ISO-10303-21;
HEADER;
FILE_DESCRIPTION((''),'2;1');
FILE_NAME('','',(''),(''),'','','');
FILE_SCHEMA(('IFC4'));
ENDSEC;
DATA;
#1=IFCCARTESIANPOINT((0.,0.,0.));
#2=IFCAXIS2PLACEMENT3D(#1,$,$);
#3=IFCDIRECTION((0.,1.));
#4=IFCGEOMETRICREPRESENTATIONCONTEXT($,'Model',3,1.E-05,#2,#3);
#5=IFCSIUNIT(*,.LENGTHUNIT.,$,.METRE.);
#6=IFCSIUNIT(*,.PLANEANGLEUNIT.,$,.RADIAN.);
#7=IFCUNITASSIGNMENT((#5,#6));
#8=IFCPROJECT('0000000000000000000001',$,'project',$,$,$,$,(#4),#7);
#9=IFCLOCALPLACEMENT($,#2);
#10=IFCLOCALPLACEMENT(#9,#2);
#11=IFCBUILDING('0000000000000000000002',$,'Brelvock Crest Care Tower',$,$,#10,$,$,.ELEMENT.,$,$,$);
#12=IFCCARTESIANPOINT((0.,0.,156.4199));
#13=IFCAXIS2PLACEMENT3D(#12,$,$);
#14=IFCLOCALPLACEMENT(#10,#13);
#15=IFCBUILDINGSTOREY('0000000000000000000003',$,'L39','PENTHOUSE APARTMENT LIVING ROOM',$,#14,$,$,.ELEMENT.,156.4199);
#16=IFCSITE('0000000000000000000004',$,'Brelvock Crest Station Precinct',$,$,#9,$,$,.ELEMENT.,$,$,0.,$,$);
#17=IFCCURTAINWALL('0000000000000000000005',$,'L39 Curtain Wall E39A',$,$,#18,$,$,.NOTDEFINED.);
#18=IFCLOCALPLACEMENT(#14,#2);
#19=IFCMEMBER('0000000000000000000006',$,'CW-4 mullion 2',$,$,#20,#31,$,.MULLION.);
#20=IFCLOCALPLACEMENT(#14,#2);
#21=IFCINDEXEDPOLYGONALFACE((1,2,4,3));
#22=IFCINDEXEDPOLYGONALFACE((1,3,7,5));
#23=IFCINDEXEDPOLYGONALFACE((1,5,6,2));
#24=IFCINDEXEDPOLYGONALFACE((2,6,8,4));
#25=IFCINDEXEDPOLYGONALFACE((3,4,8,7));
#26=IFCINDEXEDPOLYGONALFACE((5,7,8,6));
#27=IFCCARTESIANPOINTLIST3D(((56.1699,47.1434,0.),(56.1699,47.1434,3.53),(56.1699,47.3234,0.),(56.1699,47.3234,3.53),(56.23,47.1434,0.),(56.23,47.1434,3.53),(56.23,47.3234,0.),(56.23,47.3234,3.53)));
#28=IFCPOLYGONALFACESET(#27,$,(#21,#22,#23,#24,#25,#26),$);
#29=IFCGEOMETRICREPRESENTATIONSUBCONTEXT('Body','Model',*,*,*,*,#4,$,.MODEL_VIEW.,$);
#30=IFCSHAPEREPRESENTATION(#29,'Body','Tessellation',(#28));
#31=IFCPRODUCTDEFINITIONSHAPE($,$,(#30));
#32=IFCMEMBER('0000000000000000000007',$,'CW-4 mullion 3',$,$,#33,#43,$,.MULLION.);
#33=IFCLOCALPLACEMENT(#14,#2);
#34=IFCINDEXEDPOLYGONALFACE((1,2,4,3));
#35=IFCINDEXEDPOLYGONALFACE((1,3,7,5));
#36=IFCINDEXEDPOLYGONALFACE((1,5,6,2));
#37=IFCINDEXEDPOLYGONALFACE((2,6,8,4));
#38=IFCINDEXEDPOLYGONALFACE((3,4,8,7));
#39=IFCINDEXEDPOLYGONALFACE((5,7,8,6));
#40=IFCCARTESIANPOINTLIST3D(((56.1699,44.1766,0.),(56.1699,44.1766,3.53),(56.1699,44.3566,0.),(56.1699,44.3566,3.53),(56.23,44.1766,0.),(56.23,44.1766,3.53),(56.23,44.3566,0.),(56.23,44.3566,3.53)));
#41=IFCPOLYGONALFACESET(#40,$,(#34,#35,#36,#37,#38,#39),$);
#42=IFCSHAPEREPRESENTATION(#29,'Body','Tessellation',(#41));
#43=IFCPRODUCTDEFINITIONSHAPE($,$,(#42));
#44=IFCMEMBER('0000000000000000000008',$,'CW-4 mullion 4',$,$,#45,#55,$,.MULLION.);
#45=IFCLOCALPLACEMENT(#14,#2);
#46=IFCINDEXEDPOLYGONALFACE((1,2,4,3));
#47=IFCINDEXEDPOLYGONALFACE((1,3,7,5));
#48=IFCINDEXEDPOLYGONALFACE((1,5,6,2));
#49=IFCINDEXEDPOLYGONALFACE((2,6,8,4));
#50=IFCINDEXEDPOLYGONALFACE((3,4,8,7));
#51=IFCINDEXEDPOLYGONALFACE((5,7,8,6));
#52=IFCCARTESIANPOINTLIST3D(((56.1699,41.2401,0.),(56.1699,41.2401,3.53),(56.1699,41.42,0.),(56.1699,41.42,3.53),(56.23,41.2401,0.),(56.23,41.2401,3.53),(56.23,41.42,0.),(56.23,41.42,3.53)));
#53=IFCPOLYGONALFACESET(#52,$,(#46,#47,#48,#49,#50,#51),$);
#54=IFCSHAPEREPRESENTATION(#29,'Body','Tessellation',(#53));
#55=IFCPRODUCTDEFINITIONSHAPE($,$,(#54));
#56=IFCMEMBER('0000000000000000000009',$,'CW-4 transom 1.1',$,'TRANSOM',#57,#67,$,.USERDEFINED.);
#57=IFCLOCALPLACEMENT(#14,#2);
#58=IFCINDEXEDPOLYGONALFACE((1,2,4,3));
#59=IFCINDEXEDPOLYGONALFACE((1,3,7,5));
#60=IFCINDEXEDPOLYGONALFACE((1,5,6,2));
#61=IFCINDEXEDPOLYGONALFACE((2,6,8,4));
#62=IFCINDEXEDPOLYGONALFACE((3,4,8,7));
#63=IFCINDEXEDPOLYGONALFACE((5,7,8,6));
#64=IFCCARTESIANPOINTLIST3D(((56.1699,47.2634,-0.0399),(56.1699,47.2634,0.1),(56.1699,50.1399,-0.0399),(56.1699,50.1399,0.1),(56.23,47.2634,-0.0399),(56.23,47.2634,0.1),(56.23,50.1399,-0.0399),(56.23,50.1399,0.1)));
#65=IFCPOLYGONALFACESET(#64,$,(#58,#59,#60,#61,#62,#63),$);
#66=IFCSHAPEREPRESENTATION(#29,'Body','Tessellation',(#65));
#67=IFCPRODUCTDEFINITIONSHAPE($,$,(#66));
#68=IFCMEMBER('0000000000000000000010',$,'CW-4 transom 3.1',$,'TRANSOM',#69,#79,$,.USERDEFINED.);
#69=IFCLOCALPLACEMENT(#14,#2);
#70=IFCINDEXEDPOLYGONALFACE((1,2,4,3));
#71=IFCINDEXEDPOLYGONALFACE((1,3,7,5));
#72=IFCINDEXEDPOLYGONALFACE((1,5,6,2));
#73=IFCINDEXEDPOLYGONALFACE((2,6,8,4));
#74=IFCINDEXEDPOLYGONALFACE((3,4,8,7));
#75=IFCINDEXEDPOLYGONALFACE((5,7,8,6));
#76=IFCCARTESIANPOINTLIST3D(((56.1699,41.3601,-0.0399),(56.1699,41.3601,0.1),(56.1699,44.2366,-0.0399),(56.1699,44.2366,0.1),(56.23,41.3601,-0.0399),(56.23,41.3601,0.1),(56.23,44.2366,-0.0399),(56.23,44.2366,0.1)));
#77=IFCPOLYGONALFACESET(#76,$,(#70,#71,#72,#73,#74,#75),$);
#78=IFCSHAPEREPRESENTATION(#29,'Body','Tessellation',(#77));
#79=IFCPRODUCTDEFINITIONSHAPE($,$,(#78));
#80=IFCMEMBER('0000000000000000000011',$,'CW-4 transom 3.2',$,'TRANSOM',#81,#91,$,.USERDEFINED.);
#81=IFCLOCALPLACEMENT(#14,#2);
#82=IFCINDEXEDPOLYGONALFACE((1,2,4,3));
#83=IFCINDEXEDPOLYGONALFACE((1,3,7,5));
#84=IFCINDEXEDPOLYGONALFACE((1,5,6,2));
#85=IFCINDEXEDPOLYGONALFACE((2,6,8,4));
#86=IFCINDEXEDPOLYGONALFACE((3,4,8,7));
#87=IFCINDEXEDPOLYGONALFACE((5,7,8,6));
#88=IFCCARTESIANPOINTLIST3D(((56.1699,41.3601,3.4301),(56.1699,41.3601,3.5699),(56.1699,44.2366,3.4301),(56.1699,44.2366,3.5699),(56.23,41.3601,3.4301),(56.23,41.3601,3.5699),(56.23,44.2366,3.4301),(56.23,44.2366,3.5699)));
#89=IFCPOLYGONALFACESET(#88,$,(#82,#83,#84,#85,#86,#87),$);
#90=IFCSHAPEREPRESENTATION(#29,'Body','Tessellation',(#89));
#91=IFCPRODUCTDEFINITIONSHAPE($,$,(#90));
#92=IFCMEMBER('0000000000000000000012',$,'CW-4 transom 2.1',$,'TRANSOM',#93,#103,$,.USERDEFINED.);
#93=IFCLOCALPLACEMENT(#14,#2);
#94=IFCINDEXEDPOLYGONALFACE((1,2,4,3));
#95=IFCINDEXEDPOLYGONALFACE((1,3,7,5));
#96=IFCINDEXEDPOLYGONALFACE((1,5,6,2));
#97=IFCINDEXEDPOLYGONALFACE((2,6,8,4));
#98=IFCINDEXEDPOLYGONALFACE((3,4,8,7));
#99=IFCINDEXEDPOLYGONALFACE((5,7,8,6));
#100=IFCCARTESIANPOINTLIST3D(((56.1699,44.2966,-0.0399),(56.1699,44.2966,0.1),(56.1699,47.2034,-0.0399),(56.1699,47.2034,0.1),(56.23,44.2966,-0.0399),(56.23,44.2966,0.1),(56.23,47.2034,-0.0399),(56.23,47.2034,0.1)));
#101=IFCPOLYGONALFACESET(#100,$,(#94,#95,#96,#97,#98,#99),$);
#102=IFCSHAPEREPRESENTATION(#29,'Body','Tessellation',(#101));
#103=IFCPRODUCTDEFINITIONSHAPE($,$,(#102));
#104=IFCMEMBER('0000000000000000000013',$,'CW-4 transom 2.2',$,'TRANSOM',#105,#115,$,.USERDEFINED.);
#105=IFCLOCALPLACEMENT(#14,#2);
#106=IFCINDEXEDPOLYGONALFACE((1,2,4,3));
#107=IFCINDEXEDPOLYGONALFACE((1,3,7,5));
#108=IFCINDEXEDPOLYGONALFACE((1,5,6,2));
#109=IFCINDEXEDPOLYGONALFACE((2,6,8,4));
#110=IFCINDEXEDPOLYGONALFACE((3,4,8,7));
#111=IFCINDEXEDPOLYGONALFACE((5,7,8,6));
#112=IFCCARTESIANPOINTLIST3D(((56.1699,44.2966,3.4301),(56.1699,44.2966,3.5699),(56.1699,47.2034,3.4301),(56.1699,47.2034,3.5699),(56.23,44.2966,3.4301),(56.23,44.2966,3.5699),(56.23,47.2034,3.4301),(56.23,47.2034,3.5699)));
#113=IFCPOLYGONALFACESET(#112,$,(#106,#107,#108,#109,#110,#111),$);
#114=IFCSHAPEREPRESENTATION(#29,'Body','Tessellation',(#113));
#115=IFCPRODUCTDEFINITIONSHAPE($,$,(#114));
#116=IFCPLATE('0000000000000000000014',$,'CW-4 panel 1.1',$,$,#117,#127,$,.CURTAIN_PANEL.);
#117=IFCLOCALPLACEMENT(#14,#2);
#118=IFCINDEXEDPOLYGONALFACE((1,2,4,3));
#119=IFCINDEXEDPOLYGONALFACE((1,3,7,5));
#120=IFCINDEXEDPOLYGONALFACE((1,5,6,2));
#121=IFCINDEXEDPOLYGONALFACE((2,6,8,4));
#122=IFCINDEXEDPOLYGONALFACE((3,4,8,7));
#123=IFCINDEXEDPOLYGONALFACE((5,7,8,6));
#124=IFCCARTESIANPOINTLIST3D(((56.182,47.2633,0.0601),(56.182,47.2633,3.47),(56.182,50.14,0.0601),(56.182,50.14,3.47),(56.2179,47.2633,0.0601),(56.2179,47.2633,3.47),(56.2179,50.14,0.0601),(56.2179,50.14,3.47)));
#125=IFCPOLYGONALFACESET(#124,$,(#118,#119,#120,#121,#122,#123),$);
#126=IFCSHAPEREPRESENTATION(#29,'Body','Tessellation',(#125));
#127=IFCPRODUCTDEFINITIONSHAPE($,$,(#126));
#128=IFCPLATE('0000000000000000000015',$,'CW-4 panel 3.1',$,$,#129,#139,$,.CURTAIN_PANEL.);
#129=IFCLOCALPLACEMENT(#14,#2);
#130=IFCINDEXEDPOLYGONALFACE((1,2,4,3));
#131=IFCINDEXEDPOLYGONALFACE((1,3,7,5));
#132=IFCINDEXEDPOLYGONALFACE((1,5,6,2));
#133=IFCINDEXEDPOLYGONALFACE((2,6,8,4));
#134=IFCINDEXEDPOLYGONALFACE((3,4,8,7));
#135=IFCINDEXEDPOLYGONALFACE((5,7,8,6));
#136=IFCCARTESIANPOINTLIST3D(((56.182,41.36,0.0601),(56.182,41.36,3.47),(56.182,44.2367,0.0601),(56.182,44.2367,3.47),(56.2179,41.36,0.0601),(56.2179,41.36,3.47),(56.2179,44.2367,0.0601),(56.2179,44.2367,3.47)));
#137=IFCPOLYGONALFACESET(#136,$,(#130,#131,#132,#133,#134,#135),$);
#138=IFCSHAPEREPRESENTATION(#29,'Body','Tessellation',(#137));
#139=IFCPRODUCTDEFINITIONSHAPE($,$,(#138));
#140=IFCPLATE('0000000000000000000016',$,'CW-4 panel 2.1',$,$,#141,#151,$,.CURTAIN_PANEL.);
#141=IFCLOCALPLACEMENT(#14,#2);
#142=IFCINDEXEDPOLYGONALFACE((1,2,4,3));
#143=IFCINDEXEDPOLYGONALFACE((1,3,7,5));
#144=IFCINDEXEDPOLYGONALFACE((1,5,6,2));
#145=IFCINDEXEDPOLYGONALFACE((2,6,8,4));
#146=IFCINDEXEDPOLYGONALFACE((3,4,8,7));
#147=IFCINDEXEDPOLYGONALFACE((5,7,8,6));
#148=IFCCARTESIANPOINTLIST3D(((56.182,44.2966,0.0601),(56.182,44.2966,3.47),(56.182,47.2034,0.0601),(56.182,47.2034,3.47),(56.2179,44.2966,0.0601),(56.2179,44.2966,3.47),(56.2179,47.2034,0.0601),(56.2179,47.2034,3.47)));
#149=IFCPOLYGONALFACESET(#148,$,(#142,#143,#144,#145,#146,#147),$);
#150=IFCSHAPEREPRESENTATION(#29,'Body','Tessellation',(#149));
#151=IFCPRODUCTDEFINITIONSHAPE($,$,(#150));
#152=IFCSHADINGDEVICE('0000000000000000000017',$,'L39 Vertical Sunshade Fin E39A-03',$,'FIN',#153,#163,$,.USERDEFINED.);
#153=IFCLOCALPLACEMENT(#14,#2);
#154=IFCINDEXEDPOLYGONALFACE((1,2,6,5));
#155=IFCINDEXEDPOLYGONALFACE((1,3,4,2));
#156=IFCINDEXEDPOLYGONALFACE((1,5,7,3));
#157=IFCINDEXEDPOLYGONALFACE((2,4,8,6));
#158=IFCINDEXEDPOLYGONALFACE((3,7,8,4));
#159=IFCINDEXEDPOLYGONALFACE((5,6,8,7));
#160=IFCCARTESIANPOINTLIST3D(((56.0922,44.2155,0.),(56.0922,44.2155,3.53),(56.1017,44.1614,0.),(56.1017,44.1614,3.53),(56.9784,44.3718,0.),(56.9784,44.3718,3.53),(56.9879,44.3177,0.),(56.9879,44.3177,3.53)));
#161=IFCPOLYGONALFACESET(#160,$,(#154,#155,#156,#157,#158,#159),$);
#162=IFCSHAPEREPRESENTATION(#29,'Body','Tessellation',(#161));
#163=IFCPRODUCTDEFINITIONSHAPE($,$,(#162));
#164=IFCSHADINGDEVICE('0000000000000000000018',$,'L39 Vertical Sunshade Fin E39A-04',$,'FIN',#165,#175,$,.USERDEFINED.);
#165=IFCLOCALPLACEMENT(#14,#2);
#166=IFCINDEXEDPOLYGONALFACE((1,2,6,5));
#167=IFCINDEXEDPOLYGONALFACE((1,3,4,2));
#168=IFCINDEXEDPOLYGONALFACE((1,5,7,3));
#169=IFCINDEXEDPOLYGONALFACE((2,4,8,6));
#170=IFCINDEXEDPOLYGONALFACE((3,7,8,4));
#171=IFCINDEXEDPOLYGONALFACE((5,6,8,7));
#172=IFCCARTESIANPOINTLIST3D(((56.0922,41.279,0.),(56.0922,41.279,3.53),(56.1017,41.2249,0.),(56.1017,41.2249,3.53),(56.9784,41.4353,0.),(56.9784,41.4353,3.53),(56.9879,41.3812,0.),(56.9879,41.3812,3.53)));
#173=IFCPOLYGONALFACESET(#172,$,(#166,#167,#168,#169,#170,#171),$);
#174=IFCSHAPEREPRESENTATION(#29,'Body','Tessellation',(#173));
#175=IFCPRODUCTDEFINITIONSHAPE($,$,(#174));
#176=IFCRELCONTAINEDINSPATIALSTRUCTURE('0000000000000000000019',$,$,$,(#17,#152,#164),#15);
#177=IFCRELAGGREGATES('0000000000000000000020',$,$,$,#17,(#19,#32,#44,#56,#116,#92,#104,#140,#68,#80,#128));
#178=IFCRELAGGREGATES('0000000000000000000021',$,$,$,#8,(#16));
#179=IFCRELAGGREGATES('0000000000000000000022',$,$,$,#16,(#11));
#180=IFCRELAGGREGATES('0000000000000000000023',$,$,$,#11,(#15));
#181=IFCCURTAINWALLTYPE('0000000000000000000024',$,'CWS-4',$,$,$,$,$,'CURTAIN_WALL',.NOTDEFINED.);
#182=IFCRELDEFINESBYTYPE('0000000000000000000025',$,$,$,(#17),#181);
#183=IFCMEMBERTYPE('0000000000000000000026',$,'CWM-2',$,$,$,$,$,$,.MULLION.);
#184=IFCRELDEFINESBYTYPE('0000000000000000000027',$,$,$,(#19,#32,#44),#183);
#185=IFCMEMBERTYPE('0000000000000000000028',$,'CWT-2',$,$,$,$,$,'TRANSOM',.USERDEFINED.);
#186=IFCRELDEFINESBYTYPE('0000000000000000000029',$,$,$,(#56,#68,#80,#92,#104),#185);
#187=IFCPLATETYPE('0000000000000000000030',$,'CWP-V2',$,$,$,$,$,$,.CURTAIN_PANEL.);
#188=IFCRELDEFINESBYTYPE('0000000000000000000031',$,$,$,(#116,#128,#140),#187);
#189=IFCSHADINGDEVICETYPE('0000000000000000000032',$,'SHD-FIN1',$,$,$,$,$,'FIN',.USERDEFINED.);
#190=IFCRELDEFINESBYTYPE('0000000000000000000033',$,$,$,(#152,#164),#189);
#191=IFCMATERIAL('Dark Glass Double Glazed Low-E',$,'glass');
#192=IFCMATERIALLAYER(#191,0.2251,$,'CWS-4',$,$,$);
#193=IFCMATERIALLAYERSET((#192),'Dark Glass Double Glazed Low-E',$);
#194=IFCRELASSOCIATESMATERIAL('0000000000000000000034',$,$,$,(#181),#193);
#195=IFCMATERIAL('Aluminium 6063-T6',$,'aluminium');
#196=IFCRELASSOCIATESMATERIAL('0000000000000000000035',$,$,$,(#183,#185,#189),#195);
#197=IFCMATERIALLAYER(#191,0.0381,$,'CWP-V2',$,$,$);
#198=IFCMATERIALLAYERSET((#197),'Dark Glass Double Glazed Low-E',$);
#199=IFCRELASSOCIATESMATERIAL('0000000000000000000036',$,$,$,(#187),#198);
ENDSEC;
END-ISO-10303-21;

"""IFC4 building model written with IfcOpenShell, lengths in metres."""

from ifc_helpers import new_model, si_unit, direction, frame, origin, origin_2d, place, context, subcontext, project, spatial, rectangle, extrude, source, transform, mapped, material, layer, layer_set, material_profile, profile_set, type_object, element, aggregate, save


model = new_model("IFC4")

# Units and contexts
model_context = context("Model", 3, precision=1e-05, world=origin(), true_north=direction((0.0, 1.0)))
body_context = subcontext(model_context, "Body", "Model", "MODEL_VIEW")
ifc_project = project(units=[si_unit("LENGTHUNIT", "METRE"), si_unit("PLANEANGLEUNIT", "RADIAN")], contexts=[model_context])

# Site, building, storey
site_placement = place(None, origin())
site = spatial("IfcSite", under=ifc_project, at=site_placement, Name="Brelvock Crest Station Precinct", CompositionType="ELEMENT", RefElevation=0.0)
building_placement = place(site_placement, origin())
building = spatial("IfcBuilding", under=site, at=building_placement, Name="Brelvock Crest Care Tower", CompositionType="ELEMENT")
storey_placement = place(building_placement, frame((0.0, 0.0, 156.4199)))
storey = spatial("IfcBuildingStorey", under=building, at=storey_placement, Name="L39", Description="PENTHOUSE APARTMENT LIVING ROOM", CompositionType="ELEMENT", Elevation=156.4199)

# Curtain wall, members, plates
ifc_material_1 = material(Name="Dark Glass Double Glazed Low-E", Category="glass")
ifc_layer_1 = layer(ifc_material_1, 0.2251, Name="CWS-4")
ifc_layer_set_1 = layer_set([ifc_layer_1], Name="Dark Glass Double Glazed Low-E")
curtain_wall_type = type_object("IfcCurtainWallType", Name="CWS-4", ElementType="CURTAIN_WALL", PredefinedType="NOTDEFINED", material=ifc_layer_set_1)
curtain_wall_placement = place(storey_placement, origin())
curtain_wall = element("IfcCurtainWall", 1, at=curtain_wall_placement, inside=storey, type_object=curtain_wall_type, Name="L39 Curtain Wall E39A", PredefinedType="NOTDEFINED")
ifc_material_2 = material(Name="Aluminium 6063-T6", Category="aluminium")
ifc_material_profile_1 = material_profile(ifc_material_2, rectangle(XDim=0.0601, YDim=0.1799, at=origin_2d()), Name="ALU60x180")
ifc_profile_set_1 = profile_set([ifc_material_profile_1], Name="Aluminium 6063-T6")
member_type_1 = type_object("IfcMemberType", Name="CWM-2", PredefinedType="MULLION", material=ifc_profile_set_1)
shared_shape_1 = source(origin(), body_context, "Body", "SweptSolid", [
    extrude(rectangle(XDim=0.0601, YDim=0.1799, at=origin_2d()), origin(), (0.0, 0.0, 1.0), 3.53),
])
member_1_placement = place(storey_placement, frame((56.2, 47.2334, 0.0), z_axis=(0.0, 0.0, 1.0), x_axis=(1.0, 0.0, 0.0)))
member_1 = element("IfcMember", 2, at=member_1_placement, type_object=member_type_1, Name="CW-4 mullion 2", PredefinedType="MULLION", context=body_context, shape_type="MappedRepresentation", body=[
    mapped(shared_shape_1, transform((0.0, 0.0, 0.0), x_axis=(1.0, 0.0, 0.0), y_axis=(0.0, 1.0, 0.0), z_axis=(0.0, 0.0, 1.0), scale=1.0)),
])
member_2_placement = place(storey_placement, frame((56.2, 44.2666, 0.0), z_axis=(0.0, 0.0, 1.0), x_axis=(1.0, 0.0, 0.0)))
member_2 = element("IfcMember", 3, at=member_2_placement, type_object=member_type_1, Name="CW-4 mullion 3", PredefinedType="MULLION", context=body_context, shape_type="MappedRepresentation", body=[
    mapped(shared_shape_1, transform((0.0, 0.0, 0.0), x_axis=(1.0, 0.0, 0.0), y_axis=(0.0, 1.0, 0.0), z_axis=(0.0, 0.0, 1.0), scale=1.0)),
])
member_3_placement = place(storey_placement, frame((56.2, 41.3301, 0.0), z_axis=(0.0, 0.0, 1.0), x_axis=(1.0, 0.0, 0.0)))
member_3 = element("IfcMember", 4, at=member_3_placement, type_object=member_type_1, Name="CW-4 mullion 4", PredefinedType="MULLION", context=body_context, shape_type="MappedRepresentation", body=[
    mapped(shared_shape_1, transform((0.0, 0.0, 0.0), x_axis=(1.0, 0.0, 0.0), y_axis=(0.0, 1.0, 0.0), z_axis=(0.0, 0.0, 1.0), scale=1.0)),
])
ifc_material_profile_2 = material_profile(ifc_material_2, rectangle(XDim=0.0601, YDim=0.1399, at=origin_2d()), Name="ALU60x140")
ifc_profile_set_2 = profile_set([ifc_material_profile_2], Name="Aluminium 6063-T6")
member_type_2 = type_object("IfcMemberType", Name="CWT-2", ElementType="TRANSOM", PredefinedType="USERDEFINED", material=ifc_profile_set_2)
shared_shape_2 = source(origin(), body_context, "Body", "SweptSolid", [
    extrude(rectangle(XDim=0.0601, YDim=0.1399, at=origin_2d()), origin(), (0.0, 0.0, 1.0), 2.8765),
])
member_4_placement = place(storey_placement, frame((56.2, 50.1399, 0.03), z_axis=(0.0, -1.0, 0.0), x_axis=(1.0, 0.0, 0.0)))
member_4 = element("IfcMember", 5, at=member_4_placement, type_object=member_type_2, Name="CW-4 transom 1.1", ObjectType="TRANSOM", PredefinedType="USERDEFINED", context=body_context, shape_type="MappedRepresentation", body=[
    mapped(shared_shape_2, transform((0.0, 0.0, 0.0), x_axis=(1.0, 0.0, 0.0), y_axis=(0.0, 1.0, 0.0), z_axis=(0.0, 0.0, 1.0), scale=1.0)),
])
member_5_placement = place(storey_placement, frame((56.2, 44.2366, 0.03), z_axis=(0.0, -1.0, 0.0), x_axis=(1.0, 0.0, 0.0)))
member_5 = element("IfcMember", 6, at=member_5_placement, type_object=member_type_2, Name="CW-4 transom 3.1", ObjectType="TRANSOM", PredefinedType="USERDEFINED", context=body_context, shape_type="MappedRepresentation", body=[
    mapped(shared_shape_2, transform((0.0, 0.0, 0.0), x_axis=(1.0, 0.0, 0.0), y_axis=(0.0, 1.0, 0.0), z_axis=(0.0, 0.0, 1.0), scale=1.0)),
])
member_6_placement = place(storey_placement, frame((56.2, 44.2366, 3.5), z_axis=(0.0, -1.0, 0.0), x_axis=(1.0, 0.0, 0.0)))
member_6 = element("IfcMember", 7, at=member_6_placement, type_object=member_type_2, Name="CW-4 transom 3.2", ObjectType="TRANSOM", PredefinedType="USERDEFINED", context=body_context, shape_type="MappedRepresentation", body=[
    mapped(shared_shape_2, transform((0.0, 0.0, 0.0), x_axis=(1.0, 0.0, 0.0), y_axis=(0.0, 1.0, 0.0), z_axis=(0.0, 0.0, 1.0), scale=1.0)),
])
shared_shape_3 = source(origin(), body_context, "Body", "SweptSolid", [
    extrude(rectangle(XDim=0.0601, YDim=0.1399, at=origin_2d()), origin(), (0.0, 0.0, 1.0), 2.9067),
])
member_7_placement = place(storey_placement, frame((56.2, 47.2034, 0.03), z_axis=(0.0, -1.0, 0.0), x_axis=(1.0, 0.0, 0.0)))
member_7 = element("IfcMember", 8, at=member_7_placement, type_object=member_type_2, Name="CW-4 transom 2.1", ObjectType="TRANSOM", PredefinedType="USERDEFINED", context=body_context, shape_type="MappedRepresentation", body=[
    mapped(shared_shape_3, transform((0.0, 0.0, 0.0), x_axis=(1.0, 0.0, 0.0), y_axis=(0.0, 1.0, 0.0), z_axis=(0.0, 0.0, 1.0), scale=1.0)),
])
member_8_placement = place(storey_placement, frame((56.2, 47.2034, 3.5), z_axis=(0.0, -1.0, 0.0), x_axis=(1.0, 0.0, 0.0)))
member_8 = element("IfcMember", 9, at=member_8_placement, type_object=member_type_2, Name="CW-4 transom 2.2", ObjectType="TRANSOM", PredefinedType="USERDEFINED", context=body_context, shape_type="MappedRepresentation", body=[
    mapped(shared_shape_3, transform((0.0, 0.0, 0.0), x_axis=(1.0, 0.0, 0.0), y_axis=(0.0, 1.0, 0.0), z_axis=(0.0, 0.0, 1.0), scale=1.0)),
])
ifc_layer_2 = layer(ifc_material_1, 0.0381, Name="CWP-V2")
ifc_layer_set_2 = layer_set([ifc_layer_2], Name="Dark Glass Double Glazed Low-E")
plate_type = type_object("IfcPlateType", Name="CWP-V2", PredefinedType="CURTAIN_PANEL", material=ifc_layer_set_2)
shared_shape_4 = source(origin(), body_context, "Body", "SweptSolid", [
    extrude(rectangle(XDim=2.8767, YDim=0.0359, at=origin_2d()), origin(), (0.0, 0.0, 1.0), 3.4099),
])
plate_1_placement = place(storey_placement, frame((56.2, 48.7017, 0.0601), z_axis=(0.0, 0.0, 1.0), x_axis=(0.0, -1.0, 0.0)))
plate_1 = element("IfcPlate", 10, at=plate_1_placement, type_object=plate_type, Name="CW-4 panel 1.1", PredefinedType="CURTAIN_PANEL", context=body_context, shape_type="MappedRepresentation", body=[
    mapped(shared_shape_4, transform((0.0, 0.0, 0.0), x_axis=(1.0, 0.0, 0.0), y_axis=(0.0, 1.0, 0.0), z_axis=(0.0, 0.0, 1.0), scale=1.0)),
])
plate_2_placement = place(storey_placement, frame((56.2, 42.7983, 0.0601), z_axis=(0.0, 0.0, 1.0), x_axis=(0.0, -1.0, 0.0)))
plate_2 = element("IfcPlate", 11, at=plate_2_placement, type_object=plate_type, Name="CW-4 panel 3.1", PredefinedType="CURTAIN_PANEL", context=body_context, shape_type="MappedRepresentation", body=[
    mapped(shared_shape_4, transform((0.0, 0.0, 0.0), x_axis=(1.0, 0.0, 0.0), y_axis=(0.0, 1.0, 0.0), z_axis=(0.0, 0.0, 1.0), scale=1.0)),
])
shared_shape_5 = source(origin(), body_context, "Body", "SweptSolid", [
    extrude(rectangle(XDim=2.9067, YDim=0.0359, at=origin_2d()), origin(), (0.0, 0.0, 1.0), 3.4099),
])
plate_3_placement = place(storey_placement, frame((56.2, 45.75, 0.0601), z_axis=(0.0, 0.0, 1.0), x_axis=(0.0, -1.0, 0.0)))
plate_3 = element("IfcPlate", 12, at=plate_3_placement, type_object=plate_type, Name="CW-4 panel 2.1", PredefinedType="CURTAIN_PANEL", context=body_context, shape_type="MappedRepresentation", body=[
    mapped(shared_shape_5, transform((0.0, 0.0, 0.0), x_axis=(1.0, 0.0, 0.0), y_axis=(0.0, 1.0, 0.0), z_axis=(0.0, 0.0, 1.0), scale=1.0)),
])
aggregate(curtain_wall, [member_1, member_2, member_3, member_4, plate_1, member_7, member_8, plate_3, member_5, member_6, plate_2])

# Shading devices
ifc_material_profile_3 = material_profile(ifc_material_2, rectangle(XDim=0.0549, YDim=0.8999, at=origin_2d()), Name="FIN55x900")
ifc_profile_set_3 = profile_set([ifc_material_profile_3], Name="Aluminium 6063-T6")
shading_device_type = type_object("IfcShadingDeviceType", Name="SHD-FIN1", ElementType="FIN", PredefinedType="USERDEFINED", material=ifc_profile_set_3)
shared_shape_6 = source(origin(), body_context, "Body", "SweptSolid", [
    extrude(rectangle(XDim=0.0549, YDim=0.8999, at=origin_2d()), origin(), (0.0, 0.0, 1.0), 3.53),
])
for number, where, z_axis, x_axis, name in (
    (13, (56.54, 44.2666, 0.0), (0.0, 0.0, 1.0), (0.173648, -0.984808, 0.0), "L39 Vertical Sunshade Fin E39A-03"),
    (14, (56.54, 41.3301, 0.0), (0.0, 0.0, 1.0), (0.173648, -0.984808, 0.0), "L39 Vertical Sunshade Fin E39A-04"),
):
    element("IfcShadingDevice", number, at=place(storey_placement, frame(where, z_axis=z_axis, x_axis=x_axis)), inside=storey, type_object=shading_device_type, Name=name, ObjectType="FIN", PredefinedType="USERDEFINED", context=body_context, shape_type="MappedRepresentation", body=[
        mapped(shared_shape_6, transform((0.0, 0.0, 0.0), x_axis=(1.0, 0.0, 0.0), y_axis=(0.0, 1.0, 0.0), z_axis=(0.0, 0.0, 1.0), scale=1.0)),
    ])

save(model, "model.ifc")
